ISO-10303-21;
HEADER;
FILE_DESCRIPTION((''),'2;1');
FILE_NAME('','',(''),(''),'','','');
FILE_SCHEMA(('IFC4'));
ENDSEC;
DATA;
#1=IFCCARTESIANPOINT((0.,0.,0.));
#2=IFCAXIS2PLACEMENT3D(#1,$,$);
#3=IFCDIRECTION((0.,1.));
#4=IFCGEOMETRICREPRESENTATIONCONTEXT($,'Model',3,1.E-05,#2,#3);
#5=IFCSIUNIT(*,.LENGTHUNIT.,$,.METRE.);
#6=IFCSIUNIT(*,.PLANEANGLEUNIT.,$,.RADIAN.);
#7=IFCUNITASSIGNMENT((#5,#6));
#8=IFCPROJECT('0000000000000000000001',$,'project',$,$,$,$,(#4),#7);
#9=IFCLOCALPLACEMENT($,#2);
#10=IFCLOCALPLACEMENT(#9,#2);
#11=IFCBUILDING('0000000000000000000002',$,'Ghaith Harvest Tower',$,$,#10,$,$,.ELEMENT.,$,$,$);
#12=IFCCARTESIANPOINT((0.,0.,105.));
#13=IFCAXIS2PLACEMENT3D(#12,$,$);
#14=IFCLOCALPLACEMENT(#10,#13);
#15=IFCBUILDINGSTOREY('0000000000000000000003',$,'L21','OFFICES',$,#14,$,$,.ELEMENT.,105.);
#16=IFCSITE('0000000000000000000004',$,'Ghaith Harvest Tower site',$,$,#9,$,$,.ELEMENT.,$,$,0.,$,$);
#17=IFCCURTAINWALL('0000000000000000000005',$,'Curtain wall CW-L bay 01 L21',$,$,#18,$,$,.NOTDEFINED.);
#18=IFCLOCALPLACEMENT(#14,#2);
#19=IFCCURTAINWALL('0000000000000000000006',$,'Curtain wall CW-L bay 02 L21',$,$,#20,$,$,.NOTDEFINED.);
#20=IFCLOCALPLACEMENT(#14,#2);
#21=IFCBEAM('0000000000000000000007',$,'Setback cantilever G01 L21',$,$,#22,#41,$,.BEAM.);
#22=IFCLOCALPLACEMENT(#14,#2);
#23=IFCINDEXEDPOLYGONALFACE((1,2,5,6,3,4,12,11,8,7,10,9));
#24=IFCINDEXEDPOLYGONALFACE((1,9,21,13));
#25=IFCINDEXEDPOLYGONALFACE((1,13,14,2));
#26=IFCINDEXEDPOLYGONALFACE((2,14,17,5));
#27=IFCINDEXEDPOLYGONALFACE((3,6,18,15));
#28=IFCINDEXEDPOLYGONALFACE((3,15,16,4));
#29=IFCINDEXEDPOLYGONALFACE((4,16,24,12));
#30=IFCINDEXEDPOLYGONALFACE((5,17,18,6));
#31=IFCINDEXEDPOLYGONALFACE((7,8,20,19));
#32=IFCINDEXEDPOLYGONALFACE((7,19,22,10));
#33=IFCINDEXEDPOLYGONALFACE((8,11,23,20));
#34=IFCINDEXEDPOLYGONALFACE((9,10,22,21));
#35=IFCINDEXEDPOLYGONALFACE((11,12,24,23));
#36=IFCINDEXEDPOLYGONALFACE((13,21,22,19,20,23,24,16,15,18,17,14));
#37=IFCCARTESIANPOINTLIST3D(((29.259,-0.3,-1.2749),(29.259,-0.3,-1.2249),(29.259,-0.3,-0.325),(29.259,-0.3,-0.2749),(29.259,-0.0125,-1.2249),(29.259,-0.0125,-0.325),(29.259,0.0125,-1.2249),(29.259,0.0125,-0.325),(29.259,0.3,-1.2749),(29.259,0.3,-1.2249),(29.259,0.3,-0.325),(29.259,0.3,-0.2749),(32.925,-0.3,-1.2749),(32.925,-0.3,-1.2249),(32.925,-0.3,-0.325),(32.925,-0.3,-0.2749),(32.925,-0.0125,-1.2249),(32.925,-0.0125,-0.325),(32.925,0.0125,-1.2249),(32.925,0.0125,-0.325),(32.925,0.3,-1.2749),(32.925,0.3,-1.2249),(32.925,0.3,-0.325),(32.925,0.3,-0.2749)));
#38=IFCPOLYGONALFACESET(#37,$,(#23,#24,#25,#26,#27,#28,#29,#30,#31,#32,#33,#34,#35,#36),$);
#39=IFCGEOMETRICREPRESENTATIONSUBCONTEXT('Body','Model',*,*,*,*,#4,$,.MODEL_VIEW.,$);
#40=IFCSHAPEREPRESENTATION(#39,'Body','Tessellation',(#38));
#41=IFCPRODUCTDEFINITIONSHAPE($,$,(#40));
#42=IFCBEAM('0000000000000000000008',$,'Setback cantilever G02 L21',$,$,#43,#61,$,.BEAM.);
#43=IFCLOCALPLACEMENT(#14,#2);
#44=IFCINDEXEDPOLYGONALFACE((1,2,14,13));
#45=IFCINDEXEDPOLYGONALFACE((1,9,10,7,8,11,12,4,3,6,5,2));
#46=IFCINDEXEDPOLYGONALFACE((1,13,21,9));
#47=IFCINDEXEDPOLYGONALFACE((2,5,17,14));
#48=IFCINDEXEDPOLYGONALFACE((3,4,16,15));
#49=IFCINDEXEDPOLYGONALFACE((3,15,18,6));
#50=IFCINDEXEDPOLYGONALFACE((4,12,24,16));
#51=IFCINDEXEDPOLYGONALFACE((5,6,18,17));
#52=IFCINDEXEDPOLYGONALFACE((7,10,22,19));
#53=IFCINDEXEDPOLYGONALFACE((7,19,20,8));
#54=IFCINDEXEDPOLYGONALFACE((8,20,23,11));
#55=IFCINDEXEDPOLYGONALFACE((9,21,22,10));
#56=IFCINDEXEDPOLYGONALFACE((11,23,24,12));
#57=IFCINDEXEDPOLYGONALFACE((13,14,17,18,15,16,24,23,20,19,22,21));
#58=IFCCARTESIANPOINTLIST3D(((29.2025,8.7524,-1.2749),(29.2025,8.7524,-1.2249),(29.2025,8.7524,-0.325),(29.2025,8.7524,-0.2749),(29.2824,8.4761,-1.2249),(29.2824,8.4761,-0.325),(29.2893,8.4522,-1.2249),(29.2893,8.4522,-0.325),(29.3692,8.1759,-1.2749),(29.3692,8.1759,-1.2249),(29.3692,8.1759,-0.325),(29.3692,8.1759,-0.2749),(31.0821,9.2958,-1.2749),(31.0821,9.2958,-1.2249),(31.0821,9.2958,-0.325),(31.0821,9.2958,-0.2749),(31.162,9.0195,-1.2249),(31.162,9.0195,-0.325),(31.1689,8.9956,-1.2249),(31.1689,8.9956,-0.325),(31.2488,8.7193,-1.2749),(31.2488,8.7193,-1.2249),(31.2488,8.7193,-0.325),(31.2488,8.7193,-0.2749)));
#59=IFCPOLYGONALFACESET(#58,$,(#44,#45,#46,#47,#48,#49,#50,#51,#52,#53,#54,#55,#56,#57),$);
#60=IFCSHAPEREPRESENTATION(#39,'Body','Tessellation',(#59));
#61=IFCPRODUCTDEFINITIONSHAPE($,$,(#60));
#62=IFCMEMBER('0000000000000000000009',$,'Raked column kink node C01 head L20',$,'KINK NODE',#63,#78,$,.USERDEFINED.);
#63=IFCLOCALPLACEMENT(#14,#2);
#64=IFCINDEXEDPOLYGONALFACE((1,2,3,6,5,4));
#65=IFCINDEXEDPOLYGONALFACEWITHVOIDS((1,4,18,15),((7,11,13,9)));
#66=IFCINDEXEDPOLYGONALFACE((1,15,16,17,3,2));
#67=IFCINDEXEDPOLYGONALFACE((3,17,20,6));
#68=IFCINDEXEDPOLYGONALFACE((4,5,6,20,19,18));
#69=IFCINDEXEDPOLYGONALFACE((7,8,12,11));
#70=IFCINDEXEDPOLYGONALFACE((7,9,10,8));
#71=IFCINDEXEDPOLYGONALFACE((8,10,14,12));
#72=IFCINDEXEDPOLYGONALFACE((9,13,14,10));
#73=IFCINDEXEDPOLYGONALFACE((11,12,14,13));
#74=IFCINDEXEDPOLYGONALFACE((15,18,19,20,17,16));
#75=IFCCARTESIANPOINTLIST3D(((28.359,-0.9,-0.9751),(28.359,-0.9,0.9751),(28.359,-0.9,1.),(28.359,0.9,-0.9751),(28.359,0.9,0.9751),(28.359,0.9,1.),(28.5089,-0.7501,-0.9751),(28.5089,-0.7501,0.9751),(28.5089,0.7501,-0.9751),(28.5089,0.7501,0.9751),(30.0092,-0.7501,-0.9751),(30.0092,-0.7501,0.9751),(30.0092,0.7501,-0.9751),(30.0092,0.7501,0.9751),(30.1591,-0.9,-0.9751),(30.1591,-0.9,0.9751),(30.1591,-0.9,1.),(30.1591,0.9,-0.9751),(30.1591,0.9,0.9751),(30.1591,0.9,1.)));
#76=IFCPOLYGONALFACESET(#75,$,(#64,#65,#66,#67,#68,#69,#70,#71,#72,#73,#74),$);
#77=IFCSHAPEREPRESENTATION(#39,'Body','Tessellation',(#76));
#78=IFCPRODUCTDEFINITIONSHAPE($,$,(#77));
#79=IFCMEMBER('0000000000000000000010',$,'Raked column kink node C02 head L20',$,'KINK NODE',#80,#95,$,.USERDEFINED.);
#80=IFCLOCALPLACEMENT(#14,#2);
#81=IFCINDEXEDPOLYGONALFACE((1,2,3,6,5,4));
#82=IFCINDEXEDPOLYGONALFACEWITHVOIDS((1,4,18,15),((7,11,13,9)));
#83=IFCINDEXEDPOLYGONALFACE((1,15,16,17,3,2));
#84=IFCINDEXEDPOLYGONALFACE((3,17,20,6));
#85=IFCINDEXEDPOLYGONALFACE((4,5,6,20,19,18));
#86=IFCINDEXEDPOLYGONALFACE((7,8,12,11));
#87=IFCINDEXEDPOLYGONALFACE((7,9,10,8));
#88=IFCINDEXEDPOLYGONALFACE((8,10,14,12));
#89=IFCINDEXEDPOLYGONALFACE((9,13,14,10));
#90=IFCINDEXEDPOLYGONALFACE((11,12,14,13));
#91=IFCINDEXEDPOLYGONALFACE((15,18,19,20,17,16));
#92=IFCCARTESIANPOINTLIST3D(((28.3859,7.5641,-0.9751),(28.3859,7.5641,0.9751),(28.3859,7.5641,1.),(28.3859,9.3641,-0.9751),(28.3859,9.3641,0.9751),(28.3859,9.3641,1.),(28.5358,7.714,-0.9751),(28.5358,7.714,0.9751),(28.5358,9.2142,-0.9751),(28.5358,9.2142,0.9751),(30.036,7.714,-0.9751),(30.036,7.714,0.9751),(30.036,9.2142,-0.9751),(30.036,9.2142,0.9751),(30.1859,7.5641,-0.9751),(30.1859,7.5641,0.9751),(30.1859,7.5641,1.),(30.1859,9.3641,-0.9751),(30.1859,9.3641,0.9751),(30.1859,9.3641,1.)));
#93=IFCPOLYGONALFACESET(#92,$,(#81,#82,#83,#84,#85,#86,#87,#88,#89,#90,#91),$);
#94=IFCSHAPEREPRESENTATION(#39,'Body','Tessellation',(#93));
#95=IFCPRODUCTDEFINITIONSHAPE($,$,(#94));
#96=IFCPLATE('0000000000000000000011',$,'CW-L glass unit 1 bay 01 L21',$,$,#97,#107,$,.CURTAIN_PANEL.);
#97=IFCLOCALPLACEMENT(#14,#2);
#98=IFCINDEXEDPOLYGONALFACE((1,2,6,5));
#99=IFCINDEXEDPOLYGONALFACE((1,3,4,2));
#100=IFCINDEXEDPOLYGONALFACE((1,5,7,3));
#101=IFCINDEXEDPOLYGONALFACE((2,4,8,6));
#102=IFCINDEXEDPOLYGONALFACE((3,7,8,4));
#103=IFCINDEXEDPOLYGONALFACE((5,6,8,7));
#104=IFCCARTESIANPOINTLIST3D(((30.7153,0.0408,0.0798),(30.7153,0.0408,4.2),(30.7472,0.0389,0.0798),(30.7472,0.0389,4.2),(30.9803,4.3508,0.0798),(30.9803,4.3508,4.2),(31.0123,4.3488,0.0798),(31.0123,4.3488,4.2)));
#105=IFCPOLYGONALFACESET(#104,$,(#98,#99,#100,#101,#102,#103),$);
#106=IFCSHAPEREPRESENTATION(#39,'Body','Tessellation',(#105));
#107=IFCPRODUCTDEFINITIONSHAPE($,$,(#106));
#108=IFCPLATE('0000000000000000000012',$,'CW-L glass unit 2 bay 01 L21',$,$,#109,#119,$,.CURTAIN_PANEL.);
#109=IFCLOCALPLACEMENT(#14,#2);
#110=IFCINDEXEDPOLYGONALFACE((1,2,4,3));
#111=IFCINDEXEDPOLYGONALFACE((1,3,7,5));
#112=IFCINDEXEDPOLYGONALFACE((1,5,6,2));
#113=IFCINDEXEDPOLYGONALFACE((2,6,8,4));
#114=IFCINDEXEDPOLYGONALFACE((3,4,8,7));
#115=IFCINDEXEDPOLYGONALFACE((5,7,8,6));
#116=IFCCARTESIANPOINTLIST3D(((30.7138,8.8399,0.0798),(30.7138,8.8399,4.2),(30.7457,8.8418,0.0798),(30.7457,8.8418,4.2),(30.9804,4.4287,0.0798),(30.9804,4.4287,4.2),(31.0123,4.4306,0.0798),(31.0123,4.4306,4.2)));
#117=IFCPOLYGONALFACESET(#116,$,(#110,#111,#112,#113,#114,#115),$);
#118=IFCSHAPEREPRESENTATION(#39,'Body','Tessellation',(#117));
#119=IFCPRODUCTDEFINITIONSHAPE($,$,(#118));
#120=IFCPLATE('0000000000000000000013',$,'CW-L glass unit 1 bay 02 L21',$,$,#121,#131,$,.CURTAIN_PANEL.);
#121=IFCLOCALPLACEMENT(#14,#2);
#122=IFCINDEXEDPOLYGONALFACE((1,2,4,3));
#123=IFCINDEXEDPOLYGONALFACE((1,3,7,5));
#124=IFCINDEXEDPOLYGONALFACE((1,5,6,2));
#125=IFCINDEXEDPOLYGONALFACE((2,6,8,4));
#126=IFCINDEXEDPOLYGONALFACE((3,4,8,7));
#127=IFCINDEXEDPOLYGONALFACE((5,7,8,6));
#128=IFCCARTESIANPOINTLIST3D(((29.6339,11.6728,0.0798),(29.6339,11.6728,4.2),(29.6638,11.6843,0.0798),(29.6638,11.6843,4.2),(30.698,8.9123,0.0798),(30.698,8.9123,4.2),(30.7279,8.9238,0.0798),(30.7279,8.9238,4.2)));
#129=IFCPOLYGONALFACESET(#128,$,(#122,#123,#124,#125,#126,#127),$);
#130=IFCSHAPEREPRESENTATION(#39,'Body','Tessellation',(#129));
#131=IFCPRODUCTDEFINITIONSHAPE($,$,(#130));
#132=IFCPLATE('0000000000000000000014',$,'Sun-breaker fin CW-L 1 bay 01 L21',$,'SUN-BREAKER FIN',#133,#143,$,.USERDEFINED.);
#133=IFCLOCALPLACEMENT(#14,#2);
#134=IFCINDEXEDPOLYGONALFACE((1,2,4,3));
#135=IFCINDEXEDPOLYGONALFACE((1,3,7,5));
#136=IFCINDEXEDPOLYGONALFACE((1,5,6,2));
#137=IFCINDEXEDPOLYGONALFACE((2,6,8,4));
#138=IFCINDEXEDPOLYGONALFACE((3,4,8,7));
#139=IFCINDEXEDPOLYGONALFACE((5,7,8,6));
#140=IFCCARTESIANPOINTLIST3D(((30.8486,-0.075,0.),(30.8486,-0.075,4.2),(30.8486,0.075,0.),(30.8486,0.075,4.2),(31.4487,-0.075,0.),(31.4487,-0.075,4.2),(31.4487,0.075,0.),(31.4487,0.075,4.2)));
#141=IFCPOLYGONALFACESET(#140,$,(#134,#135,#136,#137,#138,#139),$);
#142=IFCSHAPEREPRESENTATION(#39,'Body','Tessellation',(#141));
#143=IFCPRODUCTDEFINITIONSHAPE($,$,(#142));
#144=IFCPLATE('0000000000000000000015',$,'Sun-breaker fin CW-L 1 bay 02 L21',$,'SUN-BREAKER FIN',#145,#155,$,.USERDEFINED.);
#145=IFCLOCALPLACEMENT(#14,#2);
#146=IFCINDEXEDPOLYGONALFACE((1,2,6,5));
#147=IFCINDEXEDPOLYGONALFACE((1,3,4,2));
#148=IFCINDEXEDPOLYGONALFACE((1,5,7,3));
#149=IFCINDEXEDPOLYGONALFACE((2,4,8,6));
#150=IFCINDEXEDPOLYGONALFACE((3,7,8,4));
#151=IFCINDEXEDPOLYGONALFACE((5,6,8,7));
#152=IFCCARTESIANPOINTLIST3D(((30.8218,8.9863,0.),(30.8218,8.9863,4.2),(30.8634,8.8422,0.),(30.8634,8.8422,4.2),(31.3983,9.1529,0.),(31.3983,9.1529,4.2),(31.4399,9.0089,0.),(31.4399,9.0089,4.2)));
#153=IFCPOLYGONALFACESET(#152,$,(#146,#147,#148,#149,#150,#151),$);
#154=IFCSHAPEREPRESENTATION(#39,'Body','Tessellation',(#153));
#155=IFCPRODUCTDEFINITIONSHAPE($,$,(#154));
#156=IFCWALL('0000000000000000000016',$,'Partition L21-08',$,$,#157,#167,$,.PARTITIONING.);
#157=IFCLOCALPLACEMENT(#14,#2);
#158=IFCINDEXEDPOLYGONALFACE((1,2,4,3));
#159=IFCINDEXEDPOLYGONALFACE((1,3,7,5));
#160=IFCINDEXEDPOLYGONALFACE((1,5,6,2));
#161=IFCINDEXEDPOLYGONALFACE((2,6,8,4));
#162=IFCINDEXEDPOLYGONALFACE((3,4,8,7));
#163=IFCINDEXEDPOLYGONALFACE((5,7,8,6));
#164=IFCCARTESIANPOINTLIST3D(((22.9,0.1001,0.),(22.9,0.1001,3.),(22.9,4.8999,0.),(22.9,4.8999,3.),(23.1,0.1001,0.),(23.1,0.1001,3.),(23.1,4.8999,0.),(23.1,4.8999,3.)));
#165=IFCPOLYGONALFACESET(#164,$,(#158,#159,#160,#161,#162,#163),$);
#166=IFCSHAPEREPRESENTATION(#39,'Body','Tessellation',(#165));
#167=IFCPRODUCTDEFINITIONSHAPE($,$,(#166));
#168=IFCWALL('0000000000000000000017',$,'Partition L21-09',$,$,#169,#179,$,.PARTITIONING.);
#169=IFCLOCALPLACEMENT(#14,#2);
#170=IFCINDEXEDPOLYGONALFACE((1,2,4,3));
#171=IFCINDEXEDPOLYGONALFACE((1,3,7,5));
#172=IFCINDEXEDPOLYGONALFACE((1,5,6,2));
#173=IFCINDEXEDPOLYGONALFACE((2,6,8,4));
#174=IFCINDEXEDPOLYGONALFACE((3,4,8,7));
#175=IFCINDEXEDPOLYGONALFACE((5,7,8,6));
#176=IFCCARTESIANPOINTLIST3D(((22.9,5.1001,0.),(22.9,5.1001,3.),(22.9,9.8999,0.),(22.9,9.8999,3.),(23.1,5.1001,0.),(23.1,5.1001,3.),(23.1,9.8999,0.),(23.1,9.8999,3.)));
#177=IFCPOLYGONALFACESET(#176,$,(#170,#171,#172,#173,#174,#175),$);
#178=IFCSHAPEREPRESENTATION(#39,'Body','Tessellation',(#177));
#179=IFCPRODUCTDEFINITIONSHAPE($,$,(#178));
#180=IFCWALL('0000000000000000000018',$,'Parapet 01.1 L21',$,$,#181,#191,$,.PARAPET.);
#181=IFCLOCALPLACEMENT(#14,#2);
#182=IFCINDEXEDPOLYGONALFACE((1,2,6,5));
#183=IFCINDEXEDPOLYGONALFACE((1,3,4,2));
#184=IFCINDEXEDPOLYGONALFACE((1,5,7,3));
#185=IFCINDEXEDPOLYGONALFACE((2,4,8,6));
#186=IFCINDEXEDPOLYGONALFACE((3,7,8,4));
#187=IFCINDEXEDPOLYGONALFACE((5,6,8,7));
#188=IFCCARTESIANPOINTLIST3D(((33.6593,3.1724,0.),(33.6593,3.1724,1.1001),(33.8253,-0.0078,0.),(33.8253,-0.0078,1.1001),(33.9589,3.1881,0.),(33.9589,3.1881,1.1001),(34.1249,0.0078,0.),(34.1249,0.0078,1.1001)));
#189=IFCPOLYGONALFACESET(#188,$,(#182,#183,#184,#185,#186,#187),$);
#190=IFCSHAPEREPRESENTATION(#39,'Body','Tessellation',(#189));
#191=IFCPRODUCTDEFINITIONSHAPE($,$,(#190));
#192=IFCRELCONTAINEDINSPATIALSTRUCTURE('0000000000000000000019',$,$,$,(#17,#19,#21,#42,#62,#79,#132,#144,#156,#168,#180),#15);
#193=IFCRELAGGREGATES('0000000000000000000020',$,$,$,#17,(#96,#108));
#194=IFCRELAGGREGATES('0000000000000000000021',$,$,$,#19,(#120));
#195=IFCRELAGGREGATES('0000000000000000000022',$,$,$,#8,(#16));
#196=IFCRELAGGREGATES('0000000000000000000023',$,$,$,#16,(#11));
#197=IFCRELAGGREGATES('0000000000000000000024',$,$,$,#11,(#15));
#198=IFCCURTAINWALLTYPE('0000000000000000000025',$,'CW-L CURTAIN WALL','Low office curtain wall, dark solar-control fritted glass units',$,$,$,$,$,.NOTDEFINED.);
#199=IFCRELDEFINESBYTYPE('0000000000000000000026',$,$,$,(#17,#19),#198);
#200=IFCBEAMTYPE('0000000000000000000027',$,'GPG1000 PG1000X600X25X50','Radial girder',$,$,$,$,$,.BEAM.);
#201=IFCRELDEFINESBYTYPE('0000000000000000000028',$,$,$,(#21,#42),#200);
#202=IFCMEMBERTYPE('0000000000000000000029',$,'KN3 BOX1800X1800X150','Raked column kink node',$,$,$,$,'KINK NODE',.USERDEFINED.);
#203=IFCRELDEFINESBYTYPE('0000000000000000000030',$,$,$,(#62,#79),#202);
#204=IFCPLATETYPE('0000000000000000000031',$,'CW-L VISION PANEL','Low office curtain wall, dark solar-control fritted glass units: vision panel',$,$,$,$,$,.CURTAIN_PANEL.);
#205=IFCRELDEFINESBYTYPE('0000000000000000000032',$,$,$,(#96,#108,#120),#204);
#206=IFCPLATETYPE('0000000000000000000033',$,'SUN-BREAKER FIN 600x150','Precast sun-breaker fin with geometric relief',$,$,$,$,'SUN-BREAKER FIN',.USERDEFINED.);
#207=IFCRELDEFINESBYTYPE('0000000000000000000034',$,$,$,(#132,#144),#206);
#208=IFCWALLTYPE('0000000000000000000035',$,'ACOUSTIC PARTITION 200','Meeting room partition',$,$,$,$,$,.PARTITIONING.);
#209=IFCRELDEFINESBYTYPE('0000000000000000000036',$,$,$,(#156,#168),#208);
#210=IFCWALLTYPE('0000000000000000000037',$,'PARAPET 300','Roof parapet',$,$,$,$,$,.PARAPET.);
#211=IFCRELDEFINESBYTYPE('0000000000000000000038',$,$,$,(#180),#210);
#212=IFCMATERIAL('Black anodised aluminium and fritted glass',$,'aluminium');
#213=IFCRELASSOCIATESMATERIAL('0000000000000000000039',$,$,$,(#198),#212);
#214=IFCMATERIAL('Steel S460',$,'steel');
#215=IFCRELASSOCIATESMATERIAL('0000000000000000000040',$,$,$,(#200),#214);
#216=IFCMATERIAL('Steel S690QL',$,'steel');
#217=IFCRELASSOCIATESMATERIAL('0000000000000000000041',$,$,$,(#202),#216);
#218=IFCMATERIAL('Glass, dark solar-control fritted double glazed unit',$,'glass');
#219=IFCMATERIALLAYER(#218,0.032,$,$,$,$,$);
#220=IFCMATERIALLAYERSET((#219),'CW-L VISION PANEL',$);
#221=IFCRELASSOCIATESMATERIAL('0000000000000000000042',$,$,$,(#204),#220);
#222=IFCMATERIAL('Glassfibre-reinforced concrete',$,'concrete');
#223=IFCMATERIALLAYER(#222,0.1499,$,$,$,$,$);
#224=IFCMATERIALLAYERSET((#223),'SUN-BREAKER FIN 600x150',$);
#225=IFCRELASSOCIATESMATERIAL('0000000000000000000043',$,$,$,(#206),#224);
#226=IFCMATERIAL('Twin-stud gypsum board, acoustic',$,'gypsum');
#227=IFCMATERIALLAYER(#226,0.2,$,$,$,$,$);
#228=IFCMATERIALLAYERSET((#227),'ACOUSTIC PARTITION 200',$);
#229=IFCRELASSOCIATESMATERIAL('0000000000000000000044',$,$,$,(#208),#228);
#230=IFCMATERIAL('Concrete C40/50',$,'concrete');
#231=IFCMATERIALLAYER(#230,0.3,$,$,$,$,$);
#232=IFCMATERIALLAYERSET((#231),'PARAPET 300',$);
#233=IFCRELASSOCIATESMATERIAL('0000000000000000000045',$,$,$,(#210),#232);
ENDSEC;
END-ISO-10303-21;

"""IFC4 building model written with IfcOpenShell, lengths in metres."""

from ifc_helpers import new_model, si_unit, direction, frame, frame_2d, origin, origin_2d, place, context, subcontext, project, spatial, rectangle, hollow_rectangle, i_section, extrude, boolean, material, layer, layer_set, material_profile, profile_set, type_object, element, aggregate, save


model = new_model("IFC4")

# Units and contexts
model_context = context("Model", 3, precision=1e-05, world=origin(), true_north=direction((0.0, 1.0)))
body_context = subcontext(model_context, "Body", "Model", "MODEL_VIEW")
ifc_project = project(units=[si_unit("LENGTHUNIT", "METRE"), si_unit("PLANEANGLEUNIT", "RADIAN")], contexts=[model_context])

# Site, building, storey
site_placement = place(None, origin())
site = spatial("IfcSite", under=ifc_project, at=site_placement, Name="Ghaith Harvest Tower site", CompositionType="ELEMENT", RefElevation=0.0)
building_placement = place(site_placement, origin())
building = spatial("IfcBuilding", under=site, at=building_placement, Name="Ghaith Harvest Tower", CompositionType="ELEMENT")
storey_placement = place(building_placement, frame((0.0, 0.0, 105.0)))
storey = spatial("IfcBuildingStorey", under=building, at=storey_placement, Name="L21", Description="OFFICES", CompositionType="ELEMENT", Elevation=105.0)

# Curtain walls
ifc_material_1 = material(Name="Black anodised aluminium and fritted glass", Category="aluminium")
curtain_wall_type = type_object("IfcCurtainWallType", Name="CW-L CURTAIN WALL", Description="Low office curtain wall, dark solar-control fritted glass units", PredefinedType="NOTDEFINED", material=ifc_material_1)
curtain_wall_1_placement = place(storey_placement, origin())
curtain_wall_1 = element("IfcCurtainWall", 1, at=curtain_wall_1_placement, inside=storey, type_object=curtain_wall_type, Name="Curtain wall CW-L bay 01 L21", PredefinedType="NOTDEFINED")
curtain_wall_2_placement = place(storey_placement, origin())
curtain_wall_2 = element("IfcCurtainWall", 2, at=curtain_wall_2_placement, inside=storey, type_object=curtain_wall_type, Name="Curtain wall CW-L bay 02 L21", PredefinedType="NOTDEFINED")

# Beams
ifc_material_2 = material(Name="Steel S460", Category="steel")
ifc_material_profile_1 = material_profile(ifc_material_2, i_section(OverallWidth=0.6001, OverallDepth=1.0, WebThickness=0.0249, FlangeThickness=0.05, at=origin_2d()), Name="PG1000X600X25X50")
ifc_profile_set_1 = profile_set([ifc_material_profile_1], Name="Steel S460")
beam_type_1 = type_object("IfcBeamType", Name="GPG1000 PG1000X600X25X50", Description="Radial girder", PredefinedType="BEAM", material=ifc_profile_set_1)
beam_1_placement = place(storey_placement, frame((29.259, 0.0, -0.7749), z_axis=(1.0, 0.0, 0.0), x_axis=(0.0, 1.0, 0.0)))
element("IfcBeam", 3, at=beam_1_placement, inside=storey, type_object=beam_type_1, Name="Setback cantilever G01 L21", PredefinedType="BEAM", context=body_context, shape_type="SweptSolid", body=[
    extrude(i_section(OverallWidth=0.6001, OverallDepth=1.0, WebThickness=0.0249, FlangeThickness=0.05, at=origin_2d()), origin(), (0.0, 0.0, 1.0), 3.666),
])
beam_2_placement = place(storey_placement, frame((29.2859, 8.4641, -0.7749), z_axis=(0.960653, 0.277752, 0.0), x_axis=(-0.277752, 0.960653, 0.0)))
element("IfcBeam", 4, at=beam_2_placement, inside=storey, type_object=beam_type_1, Name="Setback cantilever G02 L21", PredefinedType="BEAM", context=body_context, shape_type="SweptSolid", body=[
    extrude(i_section(OverallWidth=0.6001, OverallDepth=1.0, WebThickness=0.0249, FlangeThickness=0.05, at=origin_2d()), origin(), (0.0, 0.0, 1.0), 1.9565),
])

# Members
ifc_material_3 = material(Name="Steel S690QL", Category="steel")
ifc_material_profile_2 = material_profile(ifc_material_3, hollow_rectangle(XDim=1.8, YDim=1.8, WallThickness=0.1499, at=origin_2d()), Name="BOX1800X1800X150")
ifc_profile_set_2 = profile_set([ifc_material_profile_2], Name="Steel S690QL")
member_type_1 = type_object("IfcMemberType", Name="KN3 BOX1800X1800X150", Description="Raked column kink node", ElementType="KINK NODE", PredefinedType="USERDEFINED", material=ifc_profile_set_2)
for number, where, z_axis, x_axis, name in (
    (5, (29.259, 0.0, -0.9751), (0.0, 0.0, 1.0), (1.0, 0.0, 0.0), "Raked column kink node C01 head L20"),
    (6, (29.2859, 8.4641, -0.9751), (0.0, 0.0, 1.0), (1.0, 0.0, 0.0), "Raked column kink node C02 head L20"),
):
    element("IfcMember", number, at=place(storey_placement, frame(where, z_axis=z_axis, x_axis=x_axis)), inside=storey, type_object=member_type_1, Name=name, ObjectType="KINK NODE", PredefinedType="USERDEFINED", context=body_context, shape_type="CSG", body=[
        boolean("UNION", extrude(hollow_rectangle(XDim=1.8, YDim=1.8, WallThickness=0.1499, at=origin_2d()), origin(), (0.0, 0.0, 1.0), 1.9502), extrude(rectangle(XDim=1.8, YDim=1.8, at=origin_2d()), frame((0.0, 0.0, 1.9502)), (0.0, 0.0, 1.0), 0.0249)),
    ])

# Plates
ifc_material_4 = material(Name="Glass, dark solar-control fritted double glazed unit", Category="glass")
ifc_layer_1 = layer(ifc_material_4, 0.032)
ifc_layer_set_1 = layer_set([ifc_layer_1], Name="CW-L VISION PANEL")
plate_type_1 = type_object("IfcPlateType", Name="CW-L VISION PANEL", Description="Low office curtain wall, dark solar-control fritted glass units: vision panel", PredefinedType="CURTAIN_PANEL", material=ifc_layer_set_1)
plate_1_placement = place(storey_placement, frame((30.8638, 2.1948, 0.0798), z_axis=(0.0, 0.0, 1.0), x_axis=(0.06138, 0.998114, 0.0)))
plate_1 = element("IfcPlate", 7, at=plate_1_placement, type_object=plate_type_1, Name="CW-L glass unit 1 bay 01 L21", PredefinedType="CURTAIN_PANEL", context=body_context, shape_type="SweptSolid", body=[
    extrude(rectangle(XDim=4.3181, YDim=0.032, at=origin_2d()), origin(), (0.0, 0.0, 1.0), 4.1201),
])
plate_2_placement = place(storey_placement, frame((30.863, 6.6353, 0.0798), z_axis=(0.0, 0.0, 1.0), x_axis=(-0.060321, 0.998179, 0.0)))
plate_2 = element("IfcPlate", 8, at=plate_2_placement, type_object=plate_type_1, Name="CW-L glass unit 2 bay 01 L21", PredefinedType="CURTAIN_PANEL", context=body_context, shape_type="SweptSolid", body=[
    extrude(rectangle(XDim=4.4192, YDim=0.032, at=origin_2d()), origin(), (0.0, 0.0, 1.0), 4.1201),
])
aggregate(curtain_wall_1, [plate_1, plate_2])
plate_3_placement = place(storey_placement, frame((30.1809, 10.2983, 0.0798), z_axis=(0.0, 0.0, 1.0), x_axis=(-0.359677, 0.933077, 0.0)))
plate_3 = element("IfcPlate", 9, at=plate_3_placement, type_object=plate_type_1, Name="CW-L glass unit 1 bay 02 L21", PredefinedType="CURTAIN_PANEL", context=body_context, shape_type="SweptSolid", body=[
    extrude(rectangle(XDim=2.9585, YDim=0.032, at=origin_2d()), origin(), (0.0, 0.0, 1.0), 4.1201),
])
aggregate(curtain_wall_2, [plate_3])

# Plates
ifc_material_5 = material(Name="Glassfibre-reinforced concrete", Category="concrete")
ifc_layer_2 = layer(ifc_material_5, 0.1499)
ifc_layer_set_2 = layer_set([ifc_layer_2], Name="SUN-BREAKER FIN 600x150")
plate_type_2 = type_object("IfcPlateType", Name="SUN-BREAKER FIN 600x150", Description="Precast sun-breaker fin with geometric relief", ElementType="SUN-BREAKER FIN", PredefinedType="USERDEFINED", material=ifc_layer_set_2)
for number, where, z_axis, x_axis, name in (
    (10, (31.1487, 0.0, 0.0), (0.0, 0.0, 1.0), (1.0, 0.0, 0.0), "Sun-breaker fin CW-L 1 bay 01 L21"),
    (11, (31.1309, 8.9976, 0.0), (0.0, 0.0, 1.0), (0.96068, 0.277657, 0.0), "Sun-breaker fin CW-L 1 bay 02 L21"),
):
    element("IfcPlate", number, at=place(storey_placement, frame(where, z_axis=z_axis, x_axis=x_axis)), inside=storey, type_object=plate_type_2, Name=name, ObjectType="SUN-BREAKER FIN", PredefinedType="USERDEFINED", context=body_context, shape_type="SweptSolid", body=[
        extrude(rectangle(XDim=0.6001, YDim=0.1499, at=origin_2d()), origin(), (0.0, 0.0, 1.0), 4.2),
    ])

# Shared definitions
ifc_material_6 = material(Name="Twin-stud gypsum board, acoustic", Category="gypsum")
ifc_layer_3 = layer(ifc_material_6, 0.2)
ifc_layer_set_3 = layer_set([ifc_layer_3], Name="ACOUSTIC PARTITION 200")
wall_type_1 = type_object("IfcWallType", Name="ACOUSTIC PARTITION 200", Description="Meeting room partition", PredefinedType="PARTITIONING", material=ifc_layer_set_3)

# Wall
wall_1_placement = place(storey_placement, frame((23.0, 0.1001, 0.0), z_axis=(0.0, 0.0, 1.0), x_axis=(0.0, 1.0, 0.0)))
element("IfcWall", 12, at=wall_1_placement, inside=storey, type_object=wall_type_1, Name="Partition L21-08", PredefinedType="PARTITIONING", context=body_context, shape_type="SweptSolid", body=[
    extrude(rectangle(XDim=4.7998, YDim=0.2, at=frame_2d((2.3999, 0.0))), origin(), (0.0, 0.0, 1.0), 3.0),
])

# Walls
wall_2_placement = place(storey_placement, frame((23.0, 5.1001, 0.0), z_axis=(0.0, 0.0, 1.0), x_axis=(0.0, 1.0, 0.0)))
element("IfcWall", 13, at=wall_2_placement, inside=storey, type_object=wall_type_1, Name="Partition L21-09", PredefinedType="PARTITIONING", context=body_context, shape_type="SweptSolid", body=[
    extrude(rectangle(XDim=4.7998, YDim=0.2, at=frame_2d((2.3999, 0.0))), origin(), (0.0, 0.0, 1.0), 3.0),
])
ifc_material_7 = material(Name="Concrete C40/50", Category="concrete")
ifc_layer_4 = layer(ifc_material_7, 0.3)
ifc_layer_set_4 = layer_set([ifc_layer_4], Name="PARAPET 300")
wall_type_2 = type_object("IfcWallType", Name="PARAPET 300", Description="Roof parapet", PredefinedType="PARAPET", material=ifc_layer_set_4)
wall_3_placement = place(storey_placement, frame((33.9751, 0.0, 0.0), z_axis=(0.0, 0.0, 1.0), x_axis=(-0.052132, 0.99864, 0.0)))
element("IfcWall", 14, at=wall_3_placement, inside=storey, type_object=wall_type_2, Name="Parapet 01.1 L21", PredefinedType="PARAPET", context=body_context, shape_type="SweptSolid", body=[
    extrude(rectangle(XDim=3.1846, YDim=0.3, at=frame_2d((1.5923, 0.0))), origin(), (0.0, 0.0, 1.0), 1.1001),
])

save(model, "model.ifc")
